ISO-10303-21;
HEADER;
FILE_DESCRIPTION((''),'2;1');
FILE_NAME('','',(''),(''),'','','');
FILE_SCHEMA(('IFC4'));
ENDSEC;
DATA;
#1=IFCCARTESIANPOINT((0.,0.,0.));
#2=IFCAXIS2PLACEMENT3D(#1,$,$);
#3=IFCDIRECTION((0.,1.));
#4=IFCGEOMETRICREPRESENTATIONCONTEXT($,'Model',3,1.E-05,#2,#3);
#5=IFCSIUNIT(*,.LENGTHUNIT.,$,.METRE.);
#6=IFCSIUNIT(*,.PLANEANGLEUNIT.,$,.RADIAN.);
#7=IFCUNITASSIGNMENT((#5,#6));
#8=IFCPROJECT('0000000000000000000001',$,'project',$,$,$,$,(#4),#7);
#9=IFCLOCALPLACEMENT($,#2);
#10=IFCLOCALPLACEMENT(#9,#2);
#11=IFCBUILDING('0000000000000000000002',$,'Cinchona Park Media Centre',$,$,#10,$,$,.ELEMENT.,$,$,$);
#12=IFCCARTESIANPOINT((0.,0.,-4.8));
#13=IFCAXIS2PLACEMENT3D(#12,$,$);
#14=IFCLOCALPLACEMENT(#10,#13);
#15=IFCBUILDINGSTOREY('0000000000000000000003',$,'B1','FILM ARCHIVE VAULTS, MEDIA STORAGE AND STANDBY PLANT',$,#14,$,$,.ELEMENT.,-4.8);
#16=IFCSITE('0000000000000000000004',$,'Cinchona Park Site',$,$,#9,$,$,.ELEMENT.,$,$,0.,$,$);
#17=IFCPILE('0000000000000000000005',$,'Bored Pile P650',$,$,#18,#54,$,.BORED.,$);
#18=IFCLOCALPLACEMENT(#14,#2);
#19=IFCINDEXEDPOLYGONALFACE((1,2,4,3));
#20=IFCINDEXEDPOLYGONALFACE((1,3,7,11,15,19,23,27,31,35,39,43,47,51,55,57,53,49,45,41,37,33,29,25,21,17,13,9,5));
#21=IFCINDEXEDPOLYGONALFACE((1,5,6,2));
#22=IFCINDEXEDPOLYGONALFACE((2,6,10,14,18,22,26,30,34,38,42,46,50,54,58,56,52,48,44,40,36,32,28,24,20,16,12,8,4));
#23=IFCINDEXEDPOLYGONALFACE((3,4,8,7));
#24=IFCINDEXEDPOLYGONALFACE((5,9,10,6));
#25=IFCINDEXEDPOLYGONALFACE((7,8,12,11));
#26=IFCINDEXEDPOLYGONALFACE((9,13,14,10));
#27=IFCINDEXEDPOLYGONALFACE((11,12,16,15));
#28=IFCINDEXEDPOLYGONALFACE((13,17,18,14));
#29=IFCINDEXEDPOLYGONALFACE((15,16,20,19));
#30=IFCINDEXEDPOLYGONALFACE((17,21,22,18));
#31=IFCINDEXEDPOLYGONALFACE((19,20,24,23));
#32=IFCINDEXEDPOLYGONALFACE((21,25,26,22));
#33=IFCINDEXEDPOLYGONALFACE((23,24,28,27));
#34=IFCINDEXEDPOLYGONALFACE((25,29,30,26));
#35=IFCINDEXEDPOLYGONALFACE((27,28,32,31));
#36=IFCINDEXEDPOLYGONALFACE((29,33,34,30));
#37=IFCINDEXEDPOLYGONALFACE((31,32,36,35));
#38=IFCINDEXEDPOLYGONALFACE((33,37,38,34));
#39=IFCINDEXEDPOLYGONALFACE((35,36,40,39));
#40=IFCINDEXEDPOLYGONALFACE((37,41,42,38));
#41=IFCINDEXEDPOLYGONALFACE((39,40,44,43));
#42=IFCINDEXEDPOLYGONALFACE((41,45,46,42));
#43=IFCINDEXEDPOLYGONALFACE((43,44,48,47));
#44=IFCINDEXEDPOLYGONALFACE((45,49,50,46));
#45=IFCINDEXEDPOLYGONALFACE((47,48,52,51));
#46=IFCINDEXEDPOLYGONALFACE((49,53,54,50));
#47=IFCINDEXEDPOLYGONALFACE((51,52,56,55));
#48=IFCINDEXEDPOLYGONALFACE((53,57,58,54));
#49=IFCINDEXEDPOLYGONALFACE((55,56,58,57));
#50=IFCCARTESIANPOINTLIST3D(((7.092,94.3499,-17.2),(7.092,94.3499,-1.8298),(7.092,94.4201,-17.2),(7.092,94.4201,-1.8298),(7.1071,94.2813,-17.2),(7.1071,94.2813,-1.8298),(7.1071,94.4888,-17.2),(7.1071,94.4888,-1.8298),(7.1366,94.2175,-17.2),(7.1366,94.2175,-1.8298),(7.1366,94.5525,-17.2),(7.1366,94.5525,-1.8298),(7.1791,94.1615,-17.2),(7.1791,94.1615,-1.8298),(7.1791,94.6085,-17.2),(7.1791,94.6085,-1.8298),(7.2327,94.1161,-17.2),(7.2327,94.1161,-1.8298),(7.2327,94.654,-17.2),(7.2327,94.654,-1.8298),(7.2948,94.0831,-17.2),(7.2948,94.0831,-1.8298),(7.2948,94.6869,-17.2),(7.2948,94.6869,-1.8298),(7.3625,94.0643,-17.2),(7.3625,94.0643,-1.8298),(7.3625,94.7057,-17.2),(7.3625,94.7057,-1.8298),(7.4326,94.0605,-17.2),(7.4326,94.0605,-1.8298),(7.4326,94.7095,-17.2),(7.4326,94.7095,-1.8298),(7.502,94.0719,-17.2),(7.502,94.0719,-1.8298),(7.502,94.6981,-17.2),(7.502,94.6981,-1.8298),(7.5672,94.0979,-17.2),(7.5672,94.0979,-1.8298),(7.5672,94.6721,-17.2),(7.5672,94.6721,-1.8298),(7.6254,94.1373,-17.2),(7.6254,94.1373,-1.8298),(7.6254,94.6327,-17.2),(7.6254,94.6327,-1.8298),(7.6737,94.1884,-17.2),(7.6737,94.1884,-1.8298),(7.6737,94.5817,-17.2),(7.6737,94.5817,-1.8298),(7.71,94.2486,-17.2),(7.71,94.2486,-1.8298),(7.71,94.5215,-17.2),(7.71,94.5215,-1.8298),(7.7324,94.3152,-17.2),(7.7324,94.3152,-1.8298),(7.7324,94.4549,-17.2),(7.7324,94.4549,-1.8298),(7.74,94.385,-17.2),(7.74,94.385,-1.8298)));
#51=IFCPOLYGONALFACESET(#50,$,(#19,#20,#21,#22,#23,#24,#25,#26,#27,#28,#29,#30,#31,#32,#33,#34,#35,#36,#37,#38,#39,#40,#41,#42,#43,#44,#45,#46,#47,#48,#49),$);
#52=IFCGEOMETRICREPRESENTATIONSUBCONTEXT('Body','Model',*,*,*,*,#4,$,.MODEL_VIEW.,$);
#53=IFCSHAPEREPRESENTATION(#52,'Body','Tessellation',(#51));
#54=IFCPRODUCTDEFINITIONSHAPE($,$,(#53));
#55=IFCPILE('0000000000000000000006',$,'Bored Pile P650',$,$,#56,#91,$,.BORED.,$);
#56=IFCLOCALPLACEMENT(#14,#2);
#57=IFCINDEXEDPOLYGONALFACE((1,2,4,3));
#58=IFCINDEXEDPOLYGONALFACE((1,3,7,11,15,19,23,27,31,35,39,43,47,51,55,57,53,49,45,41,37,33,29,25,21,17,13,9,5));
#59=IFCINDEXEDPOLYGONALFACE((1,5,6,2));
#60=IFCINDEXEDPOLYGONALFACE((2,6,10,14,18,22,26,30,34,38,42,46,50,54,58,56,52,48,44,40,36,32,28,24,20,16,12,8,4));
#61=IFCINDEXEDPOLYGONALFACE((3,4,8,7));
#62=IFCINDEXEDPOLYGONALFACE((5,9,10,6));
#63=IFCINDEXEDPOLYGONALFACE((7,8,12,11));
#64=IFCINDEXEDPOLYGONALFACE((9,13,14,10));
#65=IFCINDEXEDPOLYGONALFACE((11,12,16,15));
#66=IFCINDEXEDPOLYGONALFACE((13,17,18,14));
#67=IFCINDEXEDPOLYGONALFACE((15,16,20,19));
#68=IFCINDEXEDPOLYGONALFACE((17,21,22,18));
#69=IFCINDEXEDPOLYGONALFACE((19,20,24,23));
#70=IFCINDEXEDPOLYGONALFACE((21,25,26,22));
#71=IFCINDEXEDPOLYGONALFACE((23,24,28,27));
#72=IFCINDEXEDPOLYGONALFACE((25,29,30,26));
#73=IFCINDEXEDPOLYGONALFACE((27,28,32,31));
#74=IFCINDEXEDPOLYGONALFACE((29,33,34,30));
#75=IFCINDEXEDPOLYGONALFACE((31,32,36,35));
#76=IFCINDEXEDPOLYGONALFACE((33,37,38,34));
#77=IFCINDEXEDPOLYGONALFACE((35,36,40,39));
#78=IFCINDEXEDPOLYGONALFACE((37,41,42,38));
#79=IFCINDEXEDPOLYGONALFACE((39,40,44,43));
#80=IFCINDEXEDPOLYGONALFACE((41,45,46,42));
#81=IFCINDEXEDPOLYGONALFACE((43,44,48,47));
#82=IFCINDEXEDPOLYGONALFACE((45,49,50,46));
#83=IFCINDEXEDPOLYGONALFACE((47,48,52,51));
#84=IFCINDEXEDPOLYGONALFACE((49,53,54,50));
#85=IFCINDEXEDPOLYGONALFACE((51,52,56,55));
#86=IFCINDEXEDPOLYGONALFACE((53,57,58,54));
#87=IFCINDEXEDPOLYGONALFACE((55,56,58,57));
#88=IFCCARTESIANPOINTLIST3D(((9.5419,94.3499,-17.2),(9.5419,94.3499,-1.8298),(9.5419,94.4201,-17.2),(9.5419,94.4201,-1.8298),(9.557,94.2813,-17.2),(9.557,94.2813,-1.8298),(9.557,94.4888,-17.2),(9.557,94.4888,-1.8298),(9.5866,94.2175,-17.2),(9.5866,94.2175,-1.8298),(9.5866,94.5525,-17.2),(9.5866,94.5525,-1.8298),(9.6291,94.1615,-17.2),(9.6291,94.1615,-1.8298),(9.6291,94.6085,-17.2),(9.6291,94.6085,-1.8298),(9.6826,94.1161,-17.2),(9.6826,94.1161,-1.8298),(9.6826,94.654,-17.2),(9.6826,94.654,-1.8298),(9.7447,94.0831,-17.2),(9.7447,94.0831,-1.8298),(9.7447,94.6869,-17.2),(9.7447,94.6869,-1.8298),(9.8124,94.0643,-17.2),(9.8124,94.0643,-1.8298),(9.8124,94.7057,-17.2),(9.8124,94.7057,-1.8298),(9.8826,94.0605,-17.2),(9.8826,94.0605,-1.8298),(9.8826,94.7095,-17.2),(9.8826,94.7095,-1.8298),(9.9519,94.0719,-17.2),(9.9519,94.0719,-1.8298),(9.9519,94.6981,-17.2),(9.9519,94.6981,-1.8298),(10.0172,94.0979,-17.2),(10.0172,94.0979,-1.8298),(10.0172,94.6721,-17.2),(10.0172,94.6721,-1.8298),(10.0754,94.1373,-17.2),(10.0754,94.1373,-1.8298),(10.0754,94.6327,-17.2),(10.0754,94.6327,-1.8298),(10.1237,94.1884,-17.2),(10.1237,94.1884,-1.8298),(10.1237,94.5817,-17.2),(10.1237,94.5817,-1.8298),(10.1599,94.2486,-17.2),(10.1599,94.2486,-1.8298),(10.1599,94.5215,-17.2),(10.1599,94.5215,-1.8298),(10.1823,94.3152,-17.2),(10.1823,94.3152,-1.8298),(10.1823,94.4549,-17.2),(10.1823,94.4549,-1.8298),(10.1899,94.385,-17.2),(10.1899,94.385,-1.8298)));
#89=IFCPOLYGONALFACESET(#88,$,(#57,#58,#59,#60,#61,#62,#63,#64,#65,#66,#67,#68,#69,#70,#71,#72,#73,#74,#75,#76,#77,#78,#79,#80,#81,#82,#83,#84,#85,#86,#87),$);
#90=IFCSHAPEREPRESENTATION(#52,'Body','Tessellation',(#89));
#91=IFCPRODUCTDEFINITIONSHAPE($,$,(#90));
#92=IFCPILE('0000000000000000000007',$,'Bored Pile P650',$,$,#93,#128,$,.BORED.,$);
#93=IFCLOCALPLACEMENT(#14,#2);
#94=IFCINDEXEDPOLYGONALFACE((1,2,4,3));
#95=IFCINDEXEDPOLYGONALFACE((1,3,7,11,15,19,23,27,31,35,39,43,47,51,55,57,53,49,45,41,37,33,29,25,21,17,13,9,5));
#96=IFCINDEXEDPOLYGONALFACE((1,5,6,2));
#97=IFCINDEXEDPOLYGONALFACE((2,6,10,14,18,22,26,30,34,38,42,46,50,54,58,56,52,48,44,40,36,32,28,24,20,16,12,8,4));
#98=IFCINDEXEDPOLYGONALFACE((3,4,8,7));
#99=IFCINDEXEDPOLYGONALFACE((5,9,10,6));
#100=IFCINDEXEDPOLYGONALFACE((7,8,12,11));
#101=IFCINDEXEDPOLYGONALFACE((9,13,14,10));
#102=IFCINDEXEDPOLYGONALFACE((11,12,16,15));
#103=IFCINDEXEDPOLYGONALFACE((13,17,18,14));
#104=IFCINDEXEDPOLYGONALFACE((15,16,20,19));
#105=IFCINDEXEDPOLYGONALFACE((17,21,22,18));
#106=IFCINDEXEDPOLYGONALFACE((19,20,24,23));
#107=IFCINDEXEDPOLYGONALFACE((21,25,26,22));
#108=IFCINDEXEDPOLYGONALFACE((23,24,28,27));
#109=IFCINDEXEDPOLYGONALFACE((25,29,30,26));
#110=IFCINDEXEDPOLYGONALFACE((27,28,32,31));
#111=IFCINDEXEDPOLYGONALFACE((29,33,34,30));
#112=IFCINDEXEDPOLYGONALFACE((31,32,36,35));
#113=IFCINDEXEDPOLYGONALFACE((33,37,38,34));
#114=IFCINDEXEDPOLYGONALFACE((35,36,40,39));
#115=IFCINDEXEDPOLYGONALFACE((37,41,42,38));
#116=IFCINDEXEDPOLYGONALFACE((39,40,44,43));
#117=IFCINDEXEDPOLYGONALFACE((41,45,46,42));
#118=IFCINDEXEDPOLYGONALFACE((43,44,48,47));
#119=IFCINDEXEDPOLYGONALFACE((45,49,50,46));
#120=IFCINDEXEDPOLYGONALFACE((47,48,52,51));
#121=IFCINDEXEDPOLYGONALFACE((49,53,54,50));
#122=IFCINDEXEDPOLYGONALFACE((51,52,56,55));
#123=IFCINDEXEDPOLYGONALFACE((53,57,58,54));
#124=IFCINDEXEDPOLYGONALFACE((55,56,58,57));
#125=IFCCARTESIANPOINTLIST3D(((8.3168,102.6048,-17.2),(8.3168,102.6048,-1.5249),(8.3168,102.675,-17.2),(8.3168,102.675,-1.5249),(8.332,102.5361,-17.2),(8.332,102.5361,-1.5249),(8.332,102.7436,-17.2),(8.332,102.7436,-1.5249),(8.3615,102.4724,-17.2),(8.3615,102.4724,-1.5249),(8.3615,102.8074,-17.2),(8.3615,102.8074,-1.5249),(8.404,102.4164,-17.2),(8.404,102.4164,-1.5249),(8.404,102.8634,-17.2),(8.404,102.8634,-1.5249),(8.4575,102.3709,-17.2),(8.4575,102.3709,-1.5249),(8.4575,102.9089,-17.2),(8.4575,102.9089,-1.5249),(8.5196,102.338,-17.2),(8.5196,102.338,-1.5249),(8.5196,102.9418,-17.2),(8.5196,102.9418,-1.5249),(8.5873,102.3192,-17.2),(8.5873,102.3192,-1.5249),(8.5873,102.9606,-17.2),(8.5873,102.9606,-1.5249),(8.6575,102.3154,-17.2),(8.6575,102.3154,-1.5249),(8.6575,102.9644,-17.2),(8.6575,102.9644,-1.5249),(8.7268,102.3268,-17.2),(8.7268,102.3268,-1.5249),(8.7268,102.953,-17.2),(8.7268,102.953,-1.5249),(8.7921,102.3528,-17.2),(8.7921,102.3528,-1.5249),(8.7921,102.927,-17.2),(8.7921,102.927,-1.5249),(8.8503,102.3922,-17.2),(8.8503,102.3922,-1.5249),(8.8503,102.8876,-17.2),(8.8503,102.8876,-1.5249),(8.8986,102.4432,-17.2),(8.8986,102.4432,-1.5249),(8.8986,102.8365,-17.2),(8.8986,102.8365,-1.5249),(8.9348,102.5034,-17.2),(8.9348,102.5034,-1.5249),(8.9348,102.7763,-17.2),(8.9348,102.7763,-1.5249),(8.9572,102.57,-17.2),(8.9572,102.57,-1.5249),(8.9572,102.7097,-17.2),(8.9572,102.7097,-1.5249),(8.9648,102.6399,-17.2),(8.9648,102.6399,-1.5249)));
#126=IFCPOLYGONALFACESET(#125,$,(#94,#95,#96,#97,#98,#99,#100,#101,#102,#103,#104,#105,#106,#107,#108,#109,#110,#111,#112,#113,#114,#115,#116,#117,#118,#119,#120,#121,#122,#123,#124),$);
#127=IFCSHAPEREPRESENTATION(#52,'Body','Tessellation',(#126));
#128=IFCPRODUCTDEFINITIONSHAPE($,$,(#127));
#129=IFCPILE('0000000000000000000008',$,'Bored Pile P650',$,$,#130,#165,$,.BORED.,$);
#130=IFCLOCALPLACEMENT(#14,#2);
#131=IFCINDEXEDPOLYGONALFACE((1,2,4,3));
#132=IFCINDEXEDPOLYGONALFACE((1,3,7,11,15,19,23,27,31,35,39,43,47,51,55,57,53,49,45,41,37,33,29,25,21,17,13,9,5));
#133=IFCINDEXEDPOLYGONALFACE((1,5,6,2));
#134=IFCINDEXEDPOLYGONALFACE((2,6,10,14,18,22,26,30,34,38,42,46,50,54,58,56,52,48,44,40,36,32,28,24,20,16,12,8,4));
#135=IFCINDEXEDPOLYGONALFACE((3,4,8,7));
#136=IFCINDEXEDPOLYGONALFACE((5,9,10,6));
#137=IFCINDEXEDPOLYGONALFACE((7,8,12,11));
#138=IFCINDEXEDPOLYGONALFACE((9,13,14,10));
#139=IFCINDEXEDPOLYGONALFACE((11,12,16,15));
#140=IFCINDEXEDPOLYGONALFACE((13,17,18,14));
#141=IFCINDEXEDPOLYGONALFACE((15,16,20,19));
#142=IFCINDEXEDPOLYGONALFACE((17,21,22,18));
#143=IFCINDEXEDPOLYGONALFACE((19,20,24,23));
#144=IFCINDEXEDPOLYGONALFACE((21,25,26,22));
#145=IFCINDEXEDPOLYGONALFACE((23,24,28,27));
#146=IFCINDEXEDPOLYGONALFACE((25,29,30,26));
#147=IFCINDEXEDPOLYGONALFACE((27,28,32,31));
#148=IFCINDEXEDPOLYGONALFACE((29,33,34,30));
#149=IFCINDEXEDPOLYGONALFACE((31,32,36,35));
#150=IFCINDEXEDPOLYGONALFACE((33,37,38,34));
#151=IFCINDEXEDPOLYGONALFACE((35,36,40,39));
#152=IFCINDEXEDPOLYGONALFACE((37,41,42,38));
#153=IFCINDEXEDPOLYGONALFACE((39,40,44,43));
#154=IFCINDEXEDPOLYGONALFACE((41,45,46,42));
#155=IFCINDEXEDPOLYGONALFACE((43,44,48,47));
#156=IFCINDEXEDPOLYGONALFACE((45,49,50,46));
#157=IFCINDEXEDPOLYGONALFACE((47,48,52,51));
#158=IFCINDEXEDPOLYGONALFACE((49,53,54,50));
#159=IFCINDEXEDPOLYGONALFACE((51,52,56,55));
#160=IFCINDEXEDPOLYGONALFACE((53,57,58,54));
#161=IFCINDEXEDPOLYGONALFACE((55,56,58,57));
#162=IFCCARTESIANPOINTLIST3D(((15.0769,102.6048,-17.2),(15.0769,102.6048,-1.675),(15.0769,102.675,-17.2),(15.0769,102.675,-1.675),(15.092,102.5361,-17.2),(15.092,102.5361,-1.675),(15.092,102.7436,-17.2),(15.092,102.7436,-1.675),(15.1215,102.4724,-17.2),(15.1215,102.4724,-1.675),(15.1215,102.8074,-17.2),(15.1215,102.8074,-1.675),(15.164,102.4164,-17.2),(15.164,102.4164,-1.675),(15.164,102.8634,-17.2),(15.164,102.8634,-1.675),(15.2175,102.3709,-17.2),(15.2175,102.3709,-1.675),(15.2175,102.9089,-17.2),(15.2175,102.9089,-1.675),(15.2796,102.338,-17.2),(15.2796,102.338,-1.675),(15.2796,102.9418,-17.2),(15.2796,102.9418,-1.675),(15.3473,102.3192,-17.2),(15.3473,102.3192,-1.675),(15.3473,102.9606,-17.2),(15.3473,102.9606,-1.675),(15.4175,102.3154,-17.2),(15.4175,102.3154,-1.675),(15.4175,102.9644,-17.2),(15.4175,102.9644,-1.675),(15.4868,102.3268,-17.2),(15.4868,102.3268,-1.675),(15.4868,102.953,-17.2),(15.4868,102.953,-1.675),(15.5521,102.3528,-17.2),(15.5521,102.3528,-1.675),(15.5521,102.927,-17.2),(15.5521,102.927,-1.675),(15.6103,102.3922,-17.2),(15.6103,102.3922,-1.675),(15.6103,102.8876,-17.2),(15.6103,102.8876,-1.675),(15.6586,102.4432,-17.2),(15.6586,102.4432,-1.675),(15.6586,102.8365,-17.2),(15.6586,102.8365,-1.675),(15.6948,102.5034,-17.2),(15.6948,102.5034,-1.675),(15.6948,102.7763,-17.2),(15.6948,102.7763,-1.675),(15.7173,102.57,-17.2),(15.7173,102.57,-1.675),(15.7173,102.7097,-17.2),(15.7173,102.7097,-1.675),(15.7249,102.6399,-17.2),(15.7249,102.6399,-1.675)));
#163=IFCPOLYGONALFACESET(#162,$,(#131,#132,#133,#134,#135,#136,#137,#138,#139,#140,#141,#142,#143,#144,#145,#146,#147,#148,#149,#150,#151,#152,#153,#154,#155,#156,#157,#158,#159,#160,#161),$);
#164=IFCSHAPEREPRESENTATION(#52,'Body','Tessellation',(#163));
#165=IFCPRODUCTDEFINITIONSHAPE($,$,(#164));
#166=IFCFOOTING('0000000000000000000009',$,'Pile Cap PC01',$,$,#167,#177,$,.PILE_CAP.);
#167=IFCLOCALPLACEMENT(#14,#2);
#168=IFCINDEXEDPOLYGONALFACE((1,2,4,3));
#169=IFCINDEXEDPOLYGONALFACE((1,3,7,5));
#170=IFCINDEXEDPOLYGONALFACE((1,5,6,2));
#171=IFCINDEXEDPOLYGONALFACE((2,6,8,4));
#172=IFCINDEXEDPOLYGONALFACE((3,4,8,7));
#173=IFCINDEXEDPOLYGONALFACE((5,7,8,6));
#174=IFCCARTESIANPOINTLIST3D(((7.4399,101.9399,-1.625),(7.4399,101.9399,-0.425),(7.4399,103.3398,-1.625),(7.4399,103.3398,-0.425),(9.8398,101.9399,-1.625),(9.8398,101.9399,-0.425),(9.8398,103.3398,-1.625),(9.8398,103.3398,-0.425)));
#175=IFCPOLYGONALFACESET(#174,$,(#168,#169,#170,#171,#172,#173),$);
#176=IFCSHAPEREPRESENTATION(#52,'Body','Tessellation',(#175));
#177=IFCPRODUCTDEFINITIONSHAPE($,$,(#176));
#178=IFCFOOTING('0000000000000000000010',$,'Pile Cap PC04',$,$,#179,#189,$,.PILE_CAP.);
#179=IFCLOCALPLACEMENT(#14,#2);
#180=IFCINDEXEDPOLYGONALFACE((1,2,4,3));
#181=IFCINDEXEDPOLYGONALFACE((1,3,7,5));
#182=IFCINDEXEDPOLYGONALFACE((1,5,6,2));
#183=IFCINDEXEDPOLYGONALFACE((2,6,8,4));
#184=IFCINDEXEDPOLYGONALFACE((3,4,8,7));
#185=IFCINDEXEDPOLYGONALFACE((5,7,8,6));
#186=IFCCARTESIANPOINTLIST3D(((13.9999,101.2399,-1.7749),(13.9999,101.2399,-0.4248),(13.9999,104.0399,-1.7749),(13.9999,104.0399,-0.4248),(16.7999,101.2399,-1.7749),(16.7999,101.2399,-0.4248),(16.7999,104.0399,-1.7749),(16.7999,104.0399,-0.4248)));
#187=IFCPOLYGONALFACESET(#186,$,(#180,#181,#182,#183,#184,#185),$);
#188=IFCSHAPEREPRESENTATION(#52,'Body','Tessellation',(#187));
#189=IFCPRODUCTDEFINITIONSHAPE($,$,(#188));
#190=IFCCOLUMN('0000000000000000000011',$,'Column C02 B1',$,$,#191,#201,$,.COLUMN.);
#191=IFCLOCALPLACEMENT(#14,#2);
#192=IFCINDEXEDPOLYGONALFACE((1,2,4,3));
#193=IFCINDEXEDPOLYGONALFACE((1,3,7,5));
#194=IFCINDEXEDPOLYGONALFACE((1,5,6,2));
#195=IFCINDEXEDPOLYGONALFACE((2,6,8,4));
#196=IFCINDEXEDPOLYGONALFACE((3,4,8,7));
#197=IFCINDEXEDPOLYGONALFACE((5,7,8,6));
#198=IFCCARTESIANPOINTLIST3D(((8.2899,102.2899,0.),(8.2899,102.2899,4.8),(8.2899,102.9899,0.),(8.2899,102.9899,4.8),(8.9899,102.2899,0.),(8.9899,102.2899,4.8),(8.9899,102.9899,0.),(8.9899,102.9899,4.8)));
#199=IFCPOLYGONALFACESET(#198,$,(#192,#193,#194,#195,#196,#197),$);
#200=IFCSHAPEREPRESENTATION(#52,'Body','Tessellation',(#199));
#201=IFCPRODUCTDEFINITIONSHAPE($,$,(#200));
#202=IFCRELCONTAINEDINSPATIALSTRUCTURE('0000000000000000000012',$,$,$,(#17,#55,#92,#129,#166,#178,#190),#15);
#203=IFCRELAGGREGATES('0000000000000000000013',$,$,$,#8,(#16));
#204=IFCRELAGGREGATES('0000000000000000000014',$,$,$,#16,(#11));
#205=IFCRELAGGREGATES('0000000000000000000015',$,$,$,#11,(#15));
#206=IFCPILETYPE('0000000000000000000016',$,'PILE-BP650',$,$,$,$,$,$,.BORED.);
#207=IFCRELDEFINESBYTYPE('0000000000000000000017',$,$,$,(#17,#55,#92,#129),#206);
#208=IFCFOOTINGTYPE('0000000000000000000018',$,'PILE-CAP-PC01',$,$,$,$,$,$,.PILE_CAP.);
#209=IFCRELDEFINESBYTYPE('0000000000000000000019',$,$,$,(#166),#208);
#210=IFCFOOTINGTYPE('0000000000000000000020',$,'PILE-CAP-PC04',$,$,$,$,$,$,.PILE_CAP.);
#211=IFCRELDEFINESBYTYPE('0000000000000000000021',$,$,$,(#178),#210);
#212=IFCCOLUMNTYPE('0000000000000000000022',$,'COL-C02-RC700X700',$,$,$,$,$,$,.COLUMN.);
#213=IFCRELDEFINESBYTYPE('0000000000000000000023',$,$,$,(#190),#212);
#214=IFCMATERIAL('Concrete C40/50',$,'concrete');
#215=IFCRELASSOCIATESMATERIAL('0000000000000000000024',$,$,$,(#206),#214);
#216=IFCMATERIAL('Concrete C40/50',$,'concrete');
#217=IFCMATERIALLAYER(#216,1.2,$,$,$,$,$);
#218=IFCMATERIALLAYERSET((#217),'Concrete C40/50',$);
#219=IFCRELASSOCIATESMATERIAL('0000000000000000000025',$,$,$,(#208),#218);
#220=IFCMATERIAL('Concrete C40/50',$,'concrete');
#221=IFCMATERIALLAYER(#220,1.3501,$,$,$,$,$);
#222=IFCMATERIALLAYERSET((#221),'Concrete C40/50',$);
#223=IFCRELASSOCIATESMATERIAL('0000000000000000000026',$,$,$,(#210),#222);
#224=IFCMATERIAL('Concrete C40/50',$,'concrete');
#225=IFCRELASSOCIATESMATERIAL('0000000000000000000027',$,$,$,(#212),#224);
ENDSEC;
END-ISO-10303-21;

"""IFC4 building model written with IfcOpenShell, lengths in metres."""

from ifc_helpers import new_model, si_unit, direction, frame, origin, origin_2d, place, context, subcontext, project, spatial, rectangle, circle, extrude, material, layer, layer_set, material_profile, profile_set, type_object, element, save


model = new_model("IFC4")

# Units and contexts
model_context = context("Model", 3, precision=1e-05, world=origin(), true_north=direction((0.0, 1.0)))
body_context = subcontext(model_context, "Body", "Model", "MODEL_VIEW")
ifc_project = project(units=[si_unit("LENGTHUNIT", "METRE"), si_unit("PLANEANGLEUNIT", "RADIAN")], contexts=[model_context])

# Site, building, storey
site_placement = place(None, origin())
site = spatial("IfcSite", under=ifc_project, at=site_placement, Name="Cinchona Park Site", CompositionType="ELEMENT", RefElevation=0.0)
building_placement = place(site_placement, origin())
building = spatial("IfcBuilding", under=site, at=building_placement, Name="Cinchona Park Media Centre", CompositionType="ELEMENT")
storey_placement = place(building_placement, frame((0.0, 0.0, -4.8)))
storey = spatial("IfcBuildingStorey", under=building, at=storey_placement, Name="B1", Description="FILM ARCHIVE VAULTS, MEDIA STORAGE AND STANDBY PLANT", CompositionType="ELEMENT", Elevation=-4.8)

# Piles
ifc_material_1 = material(Name="Concrete C40/50", Category="concrete")
ifc_material_profile_1 = material_profile(ifc_material_1, circle(Radius=0.325, at=origin_2d()), Name="BORED PILE 650")
ifc_profile_set_1 = profile_set([ifc_material_profile_1], Name="Concrete C40/50")
pile_type = type_object("IfcPileType", Name="PILE-BP650", PredefinedType="BORED", material=ifc_profile_set_1)
for number, where, z_axis, x_axis, name in (
    (1, (7.415, 94.385, -1.8298), (0.0, 0.0, -1.0), (1.0, 0.0, 0.0), "Bored Pile P650"),
    (2, (9.865, 94.385, -1.8298), (0.0, 0.0, -1.0), (1.0, 0.0, 0.0), "Bored Pile P650"),
):
    element("IfcPile", number, at=place(storey_placement, frame(where, z_axis=z_axis, x_axis=x_axis)), inside=storey, type_object=pile_type, Name=name, PredefinedType="BORED", context=body_context, shape_type="SweptSolid", body=[
        extrude(circle(Radius=0.325, at=origin_2d()), origin(), (0.0, 0.0, 1.0), 15.3701),
    ])
pile_1_placement = place(storey_placement, frame((8.6399, 102.6399, -1.5249), z_axis=(0.0, 0.0, -1.0), x_axis=(1.0, 0.0, 0.0)))
element("IfcPile", 3, at=pile_1_placement, inside=storey, type_object=pile_type, Name="Bored Pile P650", PredefinedType="BORED", context=body_context, shape_type="SweptSolid", body=[
    extrude(circle(Radius=0.325, at=origin_2d()), origin(), (0.0, 0.0, 1.0), 15.675),
])
pile_2_placement = place(storey_placement, frame((15.3999, 102.6399, -1.675), z_axis=(0.0, 0.0, -1.0), x_axis=(1.0, 0.0, 0.0)))
element("IfcPile", 4, at=pile_2_placement, inside=storey, type_object=pile_type, Name="Bored Pile P650", PredefinedType="BORED", context=body_context, shape_type="SweptSolid", body=[
    extrude(circle(Radius=0.325, at=origin_2d()), origin(), (0.0, 0.0, 1.0), 15.5249),
])

# Footings
ifc_material_2 = material(Name="Concrete C40/50", Category="concrete")
ifc_layer_1 = layer(ifc_material_2, 1.2)
ifc_layer_set_1 = layer_set([ifc_layer_1], Name="Concrete C40/50")
footing_type_1 = type_object("IfcFootingType", Name="PILE-CAP-PC01", PredefinedType="PILE_CAP", material=ifc_layer_set_1)
footing_1_placement = place(storey_placement, frame((8.6399, 102.6399, -1.625), z_axis=(0.0, 0.0, 1.0), x_axis=(1.0, 0.0, 0.0)))
element("IfcFooting", 5, at=footing_1_placement, inside=storey, type_object=footing_type_1, Name="Pile Cap PC01", PredefinedType="PILE_CAP", context=body_context, shape_type="SweptSolid", body=[
    extrude(rectangle(XDim=2.3999, YDim=1.3999, at=origin_2d()), origin(), (0.0, 0.0, 1.0), 1.2),
])
ifc_material_3 = material(Name="Concrete C40/50", Category="concrete")
ifc_layer_2 = layer(ifc_material_3, 1.3501)
ifc_layer_set_2 = layer_set([ifc_layer_2], Name="Concrete C40/50")
footing_type_2 = type_object("IfcFootingType", Name="PILE-CAP-PC04", PredefinedType="PILE_CAP", material=ifc_layer_set_2)
footing_2_placement = place(storey_placement, frame((15.3999, 102.6399, -1.7749), z_axis=(0.0, 0.0, 1.0), x_axis=(1.0, 0.0, 0.0)))
element("IfcFooting", 6, at=footing_2_placement, inside=storey, type_object=footing_type_2, Name="Pile Cap PC04", PredefinedType="PILE_CAP", context=body_context, shape_type="SweptSolid", body=[
    extrude(rectangle(XDim=2.8, YDim=2.8, at=origin_2d()), origin(), (0.0, 0.0, 1.0), 1.3501),
])

# Column
ifc_material_4 = material(Name="Concrete C40/50", Category="concrete")
ifc_material_profile_2 = material_profile(ifc_material_4, rectangle(XDim=0.7, YDim=0.7, at=origin_2d()), Name="RC 700X700")
ifc_profile_set_2 = profile_set([ifc_material_profile_2], Name="Concrete C40/50")
column_type_1 = type_object("IfcColumnType", Name="COL-C02-RC700X700", PredefinedType="COLUMN", material=ifc_profile_set_2)
column_1_placement = place(storey_placement, frame((8.6399, 102.6399, 0.0), z_axis=(0.0, 0.0, 1.0), x_axis=(1.0, 0.0, 0.0)))
element("IfcColumn", 7, at=column_1_placement, inside=storey, type_object=column_type_1, Name="Column C02 B1", PredefinedType="COLUMN", context=body_context, shape_type="SweptSolid", body=[
    extrude(rectangle(XDim=0.7, YDim=0.7, at=origin_2d()), origin(), (0.0, 0.0, 1.0), 4.8),
])

save(model, "model.ifc")
